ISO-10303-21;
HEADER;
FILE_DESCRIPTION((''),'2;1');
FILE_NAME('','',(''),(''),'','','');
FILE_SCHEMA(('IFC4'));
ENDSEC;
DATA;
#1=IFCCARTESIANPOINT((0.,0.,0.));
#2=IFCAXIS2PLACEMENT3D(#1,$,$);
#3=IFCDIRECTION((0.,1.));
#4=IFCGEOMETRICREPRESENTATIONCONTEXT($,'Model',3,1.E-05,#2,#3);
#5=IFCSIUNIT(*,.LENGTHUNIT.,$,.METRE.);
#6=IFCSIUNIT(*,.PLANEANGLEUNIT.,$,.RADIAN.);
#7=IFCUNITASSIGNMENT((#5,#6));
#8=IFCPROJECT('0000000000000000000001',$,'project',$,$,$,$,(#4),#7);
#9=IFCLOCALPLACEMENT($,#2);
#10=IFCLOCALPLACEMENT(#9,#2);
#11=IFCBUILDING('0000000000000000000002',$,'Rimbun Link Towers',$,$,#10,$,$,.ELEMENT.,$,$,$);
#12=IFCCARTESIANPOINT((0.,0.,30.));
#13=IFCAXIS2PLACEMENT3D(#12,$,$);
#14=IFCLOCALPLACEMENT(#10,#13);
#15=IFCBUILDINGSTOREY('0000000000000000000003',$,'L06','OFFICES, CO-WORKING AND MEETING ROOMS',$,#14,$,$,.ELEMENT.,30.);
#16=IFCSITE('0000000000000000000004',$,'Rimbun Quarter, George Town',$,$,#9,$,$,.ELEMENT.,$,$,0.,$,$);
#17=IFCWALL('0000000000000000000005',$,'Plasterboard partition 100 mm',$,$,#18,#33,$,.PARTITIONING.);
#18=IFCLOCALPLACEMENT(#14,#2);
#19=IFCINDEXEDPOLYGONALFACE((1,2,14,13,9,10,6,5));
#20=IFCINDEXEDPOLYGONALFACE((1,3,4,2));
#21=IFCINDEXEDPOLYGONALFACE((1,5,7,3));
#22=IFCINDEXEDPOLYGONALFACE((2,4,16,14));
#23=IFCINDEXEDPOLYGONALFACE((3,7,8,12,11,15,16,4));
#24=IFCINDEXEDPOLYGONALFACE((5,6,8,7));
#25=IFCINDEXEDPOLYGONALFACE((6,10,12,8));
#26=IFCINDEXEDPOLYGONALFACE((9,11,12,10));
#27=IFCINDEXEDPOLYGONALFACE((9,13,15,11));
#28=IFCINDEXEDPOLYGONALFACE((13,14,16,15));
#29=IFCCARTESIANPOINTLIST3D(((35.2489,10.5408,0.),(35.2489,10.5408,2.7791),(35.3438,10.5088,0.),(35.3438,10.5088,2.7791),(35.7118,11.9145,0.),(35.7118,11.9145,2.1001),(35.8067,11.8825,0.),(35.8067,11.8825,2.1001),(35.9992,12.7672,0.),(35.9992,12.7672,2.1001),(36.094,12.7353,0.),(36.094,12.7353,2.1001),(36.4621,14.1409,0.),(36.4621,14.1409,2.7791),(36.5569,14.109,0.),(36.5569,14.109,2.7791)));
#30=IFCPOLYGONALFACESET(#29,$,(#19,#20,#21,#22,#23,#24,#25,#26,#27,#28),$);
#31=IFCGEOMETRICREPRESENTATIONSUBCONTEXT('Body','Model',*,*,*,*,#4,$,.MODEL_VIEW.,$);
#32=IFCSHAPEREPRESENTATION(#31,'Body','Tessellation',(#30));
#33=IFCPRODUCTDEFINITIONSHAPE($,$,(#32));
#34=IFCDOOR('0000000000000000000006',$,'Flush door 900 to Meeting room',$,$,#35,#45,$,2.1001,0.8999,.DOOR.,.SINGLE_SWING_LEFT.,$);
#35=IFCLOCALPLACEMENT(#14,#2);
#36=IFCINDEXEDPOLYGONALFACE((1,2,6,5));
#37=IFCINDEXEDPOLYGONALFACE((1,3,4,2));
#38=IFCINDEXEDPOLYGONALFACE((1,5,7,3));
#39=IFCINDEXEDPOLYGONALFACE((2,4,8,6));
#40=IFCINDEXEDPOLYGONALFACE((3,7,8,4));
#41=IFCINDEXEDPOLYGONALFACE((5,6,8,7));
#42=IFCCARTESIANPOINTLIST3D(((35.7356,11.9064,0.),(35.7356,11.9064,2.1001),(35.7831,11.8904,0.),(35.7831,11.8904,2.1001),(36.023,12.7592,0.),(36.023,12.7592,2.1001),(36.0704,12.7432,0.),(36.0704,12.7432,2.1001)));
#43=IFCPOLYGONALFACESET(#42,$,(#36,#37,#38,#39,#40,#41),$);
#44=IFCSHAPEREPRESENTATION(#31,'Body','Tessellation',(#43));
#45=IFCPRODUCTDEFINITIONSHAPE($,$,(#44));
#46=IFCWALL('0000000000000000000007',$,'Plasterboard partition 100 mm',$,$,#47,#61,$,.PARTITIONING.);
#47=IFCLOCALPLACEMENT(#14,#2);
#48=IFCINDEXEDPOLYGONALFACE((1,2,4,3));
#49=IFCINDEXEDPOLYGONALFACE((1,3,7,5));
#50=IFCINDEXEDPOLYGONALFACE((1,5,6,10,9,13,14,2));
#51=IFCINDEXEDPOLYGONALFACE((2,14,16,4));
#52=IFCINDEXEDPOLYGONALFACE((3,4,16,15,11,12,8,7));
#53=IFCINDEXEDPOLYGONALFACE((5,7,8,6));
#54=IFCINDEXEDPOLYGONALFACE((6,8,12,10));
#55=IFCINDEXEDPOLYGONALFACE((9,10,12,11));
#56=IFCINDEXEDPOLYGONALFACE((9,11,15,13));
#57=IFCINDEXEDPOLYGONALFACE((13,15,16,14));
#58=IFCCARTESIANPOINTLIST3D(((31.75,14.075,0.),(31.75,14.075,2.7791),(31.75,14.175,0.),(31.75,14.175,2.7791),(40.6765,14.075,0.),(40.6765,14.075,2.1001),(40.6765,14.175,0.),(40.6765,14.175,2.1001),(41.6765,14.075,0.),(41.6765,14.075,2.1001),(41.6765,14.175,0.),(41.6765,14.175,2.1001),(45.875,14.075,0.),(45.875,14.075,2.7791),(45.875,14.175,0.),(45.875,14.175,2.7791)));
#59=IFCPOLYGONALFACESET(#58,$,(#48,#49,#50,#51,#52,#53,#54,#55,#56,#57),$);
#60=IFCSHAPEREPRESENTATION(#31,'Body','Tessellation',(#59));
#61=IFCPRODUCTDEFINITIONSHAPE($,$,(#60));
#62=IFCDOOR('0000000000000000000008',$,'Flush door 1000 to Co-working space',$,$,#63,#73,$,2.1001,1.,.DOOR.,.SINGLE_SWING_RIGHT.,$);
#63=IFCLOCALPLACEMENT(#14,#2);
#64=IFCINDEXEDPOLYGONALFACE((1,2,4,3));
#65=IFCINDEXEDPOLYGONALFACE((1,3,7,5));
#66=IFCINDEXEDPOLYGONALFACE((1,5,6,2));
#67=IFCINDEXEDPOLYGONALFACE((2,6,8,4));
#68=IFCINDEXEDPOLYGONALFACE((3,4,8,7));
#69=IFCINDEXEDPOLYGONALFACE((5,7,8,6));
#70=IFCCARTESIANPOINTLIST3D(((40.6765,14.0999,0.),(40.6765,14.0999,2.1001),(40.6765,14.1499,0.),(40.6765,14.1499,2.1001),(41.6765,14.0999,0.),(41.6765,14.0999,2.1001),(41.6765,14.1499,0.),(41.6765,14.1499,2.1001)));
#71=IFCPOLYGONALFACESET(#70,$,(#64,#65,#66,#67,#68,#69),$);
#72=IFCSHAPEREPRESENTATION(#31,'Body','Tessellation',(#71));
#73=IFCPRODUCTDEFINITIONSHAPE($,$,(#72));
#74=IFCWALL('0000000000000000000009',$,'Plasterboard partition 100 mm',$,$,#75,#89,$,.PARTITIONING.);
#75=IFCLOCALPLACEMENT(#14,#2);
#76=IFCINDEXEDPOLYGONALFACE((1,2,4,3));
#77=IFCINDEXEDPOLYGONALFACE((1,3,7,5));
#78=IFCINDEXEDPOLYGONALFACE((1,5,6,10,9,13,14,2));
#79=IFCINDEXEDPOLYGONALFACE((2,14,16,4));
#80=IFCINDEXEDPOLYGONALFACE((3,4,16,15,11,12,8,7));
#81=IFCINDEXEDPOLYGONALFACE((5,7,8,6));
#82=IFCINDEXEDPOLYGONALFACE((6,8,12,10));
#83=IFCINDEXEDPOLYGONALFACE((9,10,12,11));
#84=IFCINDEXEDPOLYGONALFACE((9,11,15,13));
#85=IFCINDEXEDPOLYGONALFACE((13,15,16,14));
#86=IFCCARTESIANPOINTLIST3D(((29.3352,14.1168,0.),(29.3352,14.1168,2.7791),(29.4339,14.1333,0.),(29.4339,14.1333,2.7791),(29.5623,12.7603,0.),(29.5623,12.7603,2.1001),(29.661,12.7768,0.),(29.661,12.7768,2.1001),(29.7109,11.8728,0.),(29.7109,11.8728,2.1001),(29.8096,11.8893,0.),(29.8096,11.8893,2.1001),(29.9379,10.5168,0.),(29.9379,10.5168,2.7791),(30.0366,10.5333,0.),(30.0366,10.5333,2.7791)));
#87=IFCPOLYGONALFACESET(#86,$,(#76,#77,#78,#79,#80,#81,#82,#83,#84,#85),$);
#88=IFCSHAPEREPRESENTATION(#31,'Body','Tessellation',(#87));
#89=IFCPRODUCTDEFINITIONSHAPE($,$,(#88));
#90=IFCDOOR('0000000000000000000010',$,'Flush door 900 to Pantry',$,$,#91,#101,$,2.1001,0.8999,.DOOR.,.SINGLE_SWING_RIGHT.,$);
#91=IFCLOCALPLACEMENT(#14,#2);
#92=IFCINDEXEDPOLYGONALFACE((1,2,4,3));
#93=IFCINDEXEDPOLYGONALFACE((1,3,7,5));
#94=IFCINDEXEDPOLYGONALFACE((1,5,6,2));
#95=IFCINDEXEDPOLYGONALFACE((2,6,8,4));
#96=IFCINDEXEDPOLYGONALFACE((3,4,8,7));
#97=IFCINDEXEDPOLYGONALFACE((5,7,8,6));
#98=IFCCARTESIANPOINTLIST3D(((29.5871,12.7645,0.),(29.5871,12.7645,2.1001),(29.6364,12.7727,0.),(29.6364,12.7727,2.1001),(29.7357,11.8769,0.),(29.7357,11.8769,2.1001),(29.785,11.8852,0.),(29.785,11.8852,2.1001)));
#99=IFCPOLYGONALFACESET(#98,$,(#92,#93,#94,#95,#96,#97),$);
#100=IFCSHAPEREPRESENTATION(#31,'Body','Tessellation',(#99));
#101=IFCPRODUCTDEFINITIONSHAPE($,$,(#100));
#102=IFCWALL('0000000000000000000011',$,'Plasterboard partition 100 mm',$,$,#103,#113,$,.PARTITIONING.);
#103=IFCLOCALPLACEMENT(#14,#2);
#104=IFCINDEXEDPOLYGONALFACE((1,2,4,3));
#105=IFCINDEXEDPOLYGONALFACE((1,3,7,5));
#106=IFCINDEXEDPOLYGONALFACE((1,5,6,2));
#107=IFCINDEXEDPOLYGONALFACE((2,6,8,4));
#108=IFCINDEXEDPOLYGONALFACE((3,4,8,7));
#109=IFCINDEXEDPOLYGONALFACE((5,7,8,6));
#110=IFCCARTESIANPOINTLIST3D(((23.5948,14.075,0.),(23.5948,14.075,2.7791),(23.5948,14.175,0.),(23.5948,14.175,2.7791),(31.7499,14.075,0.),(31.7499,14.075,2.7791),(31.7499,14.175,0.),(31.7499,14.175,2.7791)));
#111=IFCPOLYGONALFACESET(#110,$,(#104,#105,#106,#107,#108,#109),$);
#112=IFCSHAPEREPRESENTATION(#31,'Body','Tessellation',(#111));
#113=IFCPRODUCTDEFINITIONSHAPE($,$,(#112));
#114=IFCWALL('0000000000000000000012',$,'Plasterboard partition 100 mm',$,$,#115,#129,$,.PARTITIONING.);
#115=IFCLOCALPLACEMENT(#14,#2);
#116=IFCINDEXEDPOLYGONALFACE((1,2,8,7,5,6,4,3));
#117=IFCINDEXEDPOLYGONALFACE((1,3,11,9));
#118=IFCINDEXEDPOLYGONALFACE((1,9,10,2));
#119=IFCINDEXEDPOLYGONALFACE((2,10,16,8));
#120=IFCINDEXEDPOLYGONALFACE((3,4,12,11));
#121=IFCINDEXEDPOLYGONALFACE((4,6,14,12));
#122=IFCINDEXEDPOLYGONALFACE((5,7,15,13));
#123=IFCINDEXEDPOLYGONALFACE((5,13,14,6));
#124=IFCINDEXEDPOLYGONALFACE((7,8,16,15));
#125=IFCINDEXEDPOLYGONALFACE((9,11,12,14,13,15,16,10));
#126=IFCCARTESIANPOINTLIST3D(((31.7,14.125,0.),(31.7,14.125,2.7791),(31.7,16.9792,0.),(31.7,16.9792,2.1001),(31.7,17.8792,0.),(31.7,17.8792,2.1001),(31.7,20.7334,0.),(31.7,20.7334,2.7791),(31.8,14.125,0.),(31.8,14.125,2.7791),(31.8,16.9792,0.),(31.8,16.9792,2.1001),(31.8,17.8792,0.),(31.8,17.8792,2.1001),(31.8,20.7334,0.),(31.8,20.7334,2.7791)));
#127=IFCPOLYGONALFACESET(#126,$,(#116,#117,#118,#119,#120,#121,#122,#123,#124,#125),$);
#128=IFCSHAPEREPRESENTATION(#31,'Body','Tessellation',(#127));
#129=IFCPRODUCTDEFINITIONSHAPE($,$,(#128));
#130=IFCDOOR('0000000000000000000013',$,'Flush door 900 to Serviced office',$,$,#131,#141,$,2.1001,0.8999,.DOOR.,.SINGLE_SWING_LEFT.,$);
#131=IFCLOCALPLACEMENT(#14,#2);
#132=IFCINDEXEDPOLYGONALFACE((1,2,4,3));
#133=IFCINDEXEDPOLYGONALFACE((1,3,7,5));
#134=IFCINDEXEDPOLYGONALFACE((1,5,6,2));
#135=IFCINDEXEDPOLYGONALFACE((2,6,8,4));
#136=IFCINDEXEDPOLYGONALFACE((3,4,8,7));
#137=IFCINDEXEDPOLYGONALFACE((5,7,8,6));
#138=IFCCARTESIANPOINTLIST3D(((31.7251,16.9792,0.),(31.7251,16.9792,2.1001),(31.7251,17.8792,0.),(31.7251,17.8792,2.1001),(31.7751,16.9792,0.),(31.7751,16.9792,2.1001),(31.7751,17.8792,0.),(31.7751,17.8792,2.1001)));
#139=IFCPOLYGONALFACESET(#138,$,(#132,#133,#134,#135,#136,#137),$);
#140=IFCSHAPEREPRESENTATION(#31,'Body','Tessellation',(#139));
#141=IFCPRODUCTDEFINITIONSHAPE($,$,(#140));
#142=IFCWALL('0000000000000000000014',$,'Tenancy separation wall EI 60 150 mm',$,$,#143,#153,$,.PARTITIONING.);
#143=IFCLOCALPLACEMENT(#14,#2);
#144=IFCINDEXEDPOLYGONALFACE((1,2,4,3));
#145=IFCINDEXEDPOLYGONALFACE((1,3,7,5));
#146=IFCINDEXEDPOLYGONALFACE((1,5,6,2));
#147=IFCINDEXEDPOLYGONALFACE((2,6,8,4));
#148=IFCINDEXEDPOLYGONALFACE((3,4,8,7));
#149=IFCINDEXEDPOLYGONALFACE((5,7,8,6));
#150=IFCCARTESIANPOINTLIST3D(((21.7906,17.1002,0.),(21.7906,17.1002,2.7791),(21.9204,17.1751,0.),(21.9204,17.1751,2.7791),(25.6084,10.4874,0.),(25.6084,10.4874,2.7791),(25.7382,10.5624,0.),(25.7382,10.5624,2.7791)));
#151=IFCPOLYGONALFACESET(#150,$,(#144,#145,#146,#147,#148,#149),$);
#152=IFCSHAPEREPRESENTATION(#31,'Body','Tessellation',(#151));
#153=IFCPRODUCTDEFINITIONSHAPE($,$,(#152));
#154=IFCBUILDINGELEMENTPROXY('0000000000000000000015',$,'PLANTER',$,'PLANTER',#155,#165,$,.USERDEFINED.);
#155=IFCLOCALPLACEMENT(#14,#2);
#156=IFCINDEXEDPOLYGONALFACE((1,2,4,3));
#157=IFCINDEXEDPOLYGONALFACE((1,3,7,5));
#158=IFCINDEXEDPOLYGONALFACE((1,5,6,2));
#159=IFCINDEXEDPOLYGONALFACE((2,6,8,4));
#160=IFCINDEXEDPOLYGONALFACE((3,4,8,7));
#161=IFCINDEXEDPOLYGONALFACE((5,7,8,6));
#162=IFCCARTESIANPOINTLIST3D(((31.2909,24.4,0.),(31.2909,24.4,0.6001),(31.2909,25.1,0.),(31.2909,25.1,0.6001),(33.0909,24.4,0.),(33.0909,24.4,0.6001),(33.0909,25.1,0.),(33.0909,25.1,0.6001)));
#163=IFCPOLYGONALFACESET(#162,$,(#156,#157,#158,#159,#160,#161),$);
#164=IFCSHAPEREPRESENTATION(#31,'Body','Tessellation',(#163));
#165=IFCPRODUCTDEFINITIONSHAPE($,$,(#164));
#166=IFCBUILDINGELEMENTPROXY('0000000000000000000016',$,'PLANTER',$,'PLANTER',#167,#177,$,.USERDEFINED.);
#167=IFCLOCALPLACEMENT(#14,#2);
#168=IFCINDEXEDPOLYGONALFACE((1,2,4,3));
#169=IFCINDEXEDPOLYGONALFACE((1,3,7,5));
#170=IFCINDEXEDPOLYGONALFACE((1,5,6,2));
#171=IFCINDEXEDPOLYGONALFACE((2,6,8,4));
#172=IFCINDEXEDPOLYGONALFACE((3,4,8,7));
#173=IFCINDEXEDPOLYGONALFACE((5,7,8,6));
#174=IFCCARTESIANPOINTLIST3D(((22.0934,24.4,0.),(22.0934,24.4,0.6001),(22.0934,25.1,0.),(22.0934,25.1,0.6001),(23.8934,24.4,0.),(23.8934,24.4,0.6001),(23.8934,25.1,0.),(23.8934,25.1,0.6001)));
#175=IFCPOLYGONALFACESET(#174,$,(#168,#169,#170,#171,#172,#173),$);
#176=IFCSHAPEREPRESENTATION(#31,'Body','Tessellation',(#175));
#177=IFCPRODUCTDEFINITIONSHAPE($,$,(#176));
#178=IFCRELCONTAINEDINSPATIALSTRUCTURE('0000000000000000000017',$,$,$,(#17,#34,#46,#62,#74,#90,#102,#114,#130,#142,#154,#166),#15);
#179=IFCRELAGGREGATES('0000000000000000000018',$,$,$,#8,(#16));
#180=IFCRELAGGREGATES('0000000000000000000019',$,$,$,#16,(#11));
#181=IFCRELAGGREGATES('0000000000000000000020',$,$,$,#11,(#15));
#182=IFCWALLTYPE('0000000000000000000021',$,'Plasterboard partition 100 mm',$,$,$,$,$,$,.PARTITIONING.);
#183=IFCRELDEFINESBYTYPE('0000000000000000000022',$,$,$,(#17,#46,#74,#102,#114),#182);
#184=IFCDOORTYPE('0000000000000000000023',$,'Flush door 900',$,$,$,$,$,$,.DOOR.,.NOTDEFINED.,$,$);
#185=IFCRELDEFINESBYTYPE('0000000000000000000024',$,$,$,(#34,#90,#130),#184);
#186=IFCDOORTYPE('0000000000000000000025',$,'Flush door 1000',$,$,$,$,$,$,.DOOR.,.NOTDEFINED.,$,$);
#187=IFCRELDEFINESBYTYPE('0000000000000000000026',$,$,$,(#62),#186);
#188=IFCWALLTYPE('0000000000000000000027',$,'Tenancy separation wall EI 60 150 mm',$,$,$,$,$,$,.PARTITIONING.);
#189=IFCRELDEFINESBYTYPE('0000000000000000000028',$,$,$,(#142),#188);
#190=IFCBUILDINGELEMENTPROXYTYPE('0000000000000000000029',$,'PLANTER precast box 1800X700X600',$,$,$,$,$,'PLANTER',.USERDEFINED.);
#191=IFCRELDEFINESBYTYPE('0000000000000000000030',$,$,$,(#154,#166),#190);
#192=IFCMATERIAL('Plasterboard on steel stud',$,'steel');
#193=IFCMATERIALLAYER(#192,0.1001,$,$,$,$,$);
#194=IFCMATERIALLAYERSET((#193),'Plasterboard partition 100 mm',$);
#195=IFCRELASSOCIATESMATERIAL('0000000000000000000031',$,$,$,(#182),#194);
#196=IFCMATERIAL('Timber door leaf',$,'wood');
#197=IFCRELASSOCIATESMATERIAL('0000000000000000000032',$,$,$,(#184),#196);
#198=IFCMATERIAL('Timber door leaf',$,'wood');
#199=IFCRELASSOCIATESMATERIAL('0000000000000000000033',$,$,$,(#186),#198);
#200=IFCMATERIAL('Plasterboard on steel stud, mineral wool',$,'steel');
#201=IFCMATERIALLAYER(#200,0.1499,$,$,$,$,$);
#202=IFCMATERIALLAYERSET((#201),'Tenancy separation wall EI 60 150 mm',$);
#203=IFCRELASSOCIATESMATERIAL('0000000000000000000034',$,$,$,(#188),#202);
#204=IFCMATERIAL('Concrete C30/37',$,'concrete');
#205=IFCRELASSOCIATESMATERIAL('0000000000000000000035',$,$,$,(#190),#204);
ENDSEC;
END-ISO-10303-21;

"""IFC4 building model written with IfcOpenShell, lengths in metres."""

from ifc_helpers import new_model, si_unit, direction, frame, frame_2d, origin, origin_2d, place, context, subcontext, project, spatial, rectangle, extrude, material, layer, layer_set, type_object, element, fill, save


model = new_model("IFC4")

# Units and contexts
model_context = context("Model", 3, precision=1e-05, world=origin(), true_north=direction((0.0, 1.0)))
body_context = subcontext(model_context, "Body", "Model", "MODEL_VIEW")
ifc_project = project(units=[si_unit("LENGTHUNIT", "METRE"), si_unit("PLANEANGLEUNIT", "RADIAN")], contexts=[model_context])

# Site, building, storey
site_placement = place(None, origin())
site = spatial("IfcSite", under=ifc_project, at=site_placement, Name="Rimbun Quarter, George Town", CompositionType="ELEMENT", RefElevation=0.0)
building_placement = place(site_placement, origin())
building = spatial("IfcBuilding", under=site, at=building_placement, Name="Rimbun Link Towers", CompositionType="ELEMENT")
storey_placement = place(building_placement, frame((0.0, 0.0, 30.0)))
storey = spatial("IfcBuildingStorey", under=building, at=storey_placement, Name="L06", Description="OFFICES, CO-WORKING AND MEETING ROOMS", CompositionType="ELEMENT", Elevation=30.0)

# Walls, openings, doors
ifc_material_1 = material(Name="Plasterboard on steel stud", Category="steel")
ifc_layer_1 = layer(ifc_material_1, 0.1001)
ifc_layer_set_1 = layer_set([ifc_layer_1], Name="Plasterboard partition 100 mm")
wall_type_1 = type_object("IfcWallType", Name="Plasterboard partition 100 mm", PredefinedType="PARTITIONING", material=ifc_layer_set_1)
wall_1_placement = place(storey_placement, frame((35.2964, 10.5249, 0.0), z_axis=(0.0, 0.0, 1.0), x_axis=(0.31933, 0.947644, 0.0)))
wall_1 = element("IfcWall", 1, at=wall_1_placement, inside=storey, type_object=wall_type_1, Name="Plasterboard partition 100 mm", PredefinedType="PARTITIONING", context=body_context, shape_type="SweptSolid", body=[
    extrude(rectangle(XDim=3.7991, YDim=0.1001, at=frame_2d((1.8994, 0.0))), origin(), (0.0, 0.0, 1.0), 2.7791),
])
opening_1_placement = place(wall_1_placement, frame((1.4495, 0.0, 0.0)))
opening_1 = element("IfcOpeningElement", 2, at=opening_1_placement, cuts=wall_1, PredefinedType="OPENING", context=body_context, shape_type="SweptSolid", body=[
    extrude(rectangle(XDim=0.8999, YDim=2.1001, at=frame_2d((0.45, 1.05))), frame((0.0, 0.0601, 0.0), z_axis=(0.0, -1.0, 0.0), x_axis=(1.0, 0.0, 0.0)), (0.0, 0.0, 1.0), 0.1201),
])
ifc_material_2 = material(Name="Timber door leaf", Category="wood")
door_type_1 = type_object("IfcDoorType", Name="Flush door 900", OperationType="NOTDEFINED", PredefinedType="DOOR", material=ifc_material_2)
door_1_placement = place(opening_1_placement, origin())
door_1 = element("IfcDoor", 3, at=door_1_placement, inside=storey, type_object=door_type_1, Name="Flush door 900 to Meeting room", OperationType="SINGLE_SWING_LEFT", OverallHeight=2.1001, OverallWidth=0.8999, PredefinedType="DOOR", context=body_context, shape_type="SweptSolid", body=[
    extrude(rectangle(XDim=0.8999, YDim=2.1001, at=frame_2d((0.45, 1.05))), frame((0.0, 0.0249, 0.0), z_axis=(0.0, -1.0, 0.0), x_axis=(1.0, 0.0, 0.0)), (0.0, 0.0, 1.0), 0.05),
])
fill(opening_1, door_1)
wall_2_placement = place(storey_placement, frame((31.75, 14.125, 0.0), z_axis=(0.0, 0.0, 1.0), x_axis=(1.0, 0.0, 0.0)))
wall_2 = element("IfcWall", 4, at=wall_2_placement, inside=storey, type_object=wall_type_1, Name="Plasterboard partition 100 mm", PredefinedType="PARTITIONING", context=body_context, shape_type="SweptSolid", body=[
    extrude(rectangle(XDim=14.125, YDim=0.1001, at=frame_2d((7.0625, 0.0))), origin(), (0.0, 0.0, 1.0), 2.7791),
])
opening_2_placement = place(wall_2_placement, frame((8.9265, 0.0, 0.0)))
opening_2 = element("IfcOpeningElement", 5, at=opening_2_placement, cuts=wall_2, PredefinedType="OPENING", context=body_context, shape_type="SweptSolid", body=[
    extrude(rectangle(XDim=1.0, YDim=2.1001, at=frame_2d((0.5, 1.05))), frame((0.0, 0.0601, 0.0), z_axis=(0.0, -1.0, 0.0), x_axis=(1.0, 0.0, 0.0)), (0.0, 0.0, 1.0), 0.1201),
])
ifc_material_3 = material(Name="Timber door leaf", Category="wood")
door_type_2 = type_object("IfcDoorType", Name="Flush door 1000", OperationType="NOTDEFINED", PredefinedType="DOOR", material=ifc_material_3)
door_2_placement = place(opening_2_placement, origin())
door_2 = element("IfcDoor", 6, at=door_2_placement, inside=storey, type_object=door_type_2, Name="Flush door 1000 to Co-working space", OperationType="SINGLE_SWING_RIGHT", OverallHeight=2.1001, OverallWidth=1.0, PredefinedType="DOOR", context=body_context, shape_type="SweptSolid", body=[
    extrude(rectangle(XDim=1.0, YDim=2.1001, at=frame_2d((0.5, 1.05))), frame((0.0, 0.0249, 0.0), z_axis=(0.0, -1.0, 0.0), x_axis=(1.0, 0.0, 0.0)), (0.0, 0.0, 1.0), 0.05),
])
fill(opening_2, door_2)
wall_3_placement = place(storey_placement, frame((29.9873, 10.5249, 0.0), z_axis=(0.0, 0.0, 1.0), x_axis=(-0.165136, 0.986271, 0.0)))
wall_3 = element("IfcWall", 7, at=wall_3_placement, inside=storey, type_object=wall_type_1, Name="Plasterboard partition 100 mm", PredefinedType="PARTITIONING", context=body_context, shape_type="SweptSolid", body=[
    extrude(rectangle(XDim=3.6501, YDim=0.1001, at=frame_2d((1.8252, 0.0))), origin(), (0.0, 0.0, 1.0), 2.7791),
])
opening_3_placement = place(wall_3_placement, frame((1.375, 0.0, 0.0)))
opening_3 = element("IfcOpeningElement", 8, at=opening_3_placement, cuts=wall_3, PredefinedType="OPENING", context=body_context, shape_type="SweptSolid", body=[
    extrude(rectangle(XDim=0.8999, YDim=2.1001, at=frame_2d((0.45, 1.05))), frame((0.0, 0.0601, 0.0), z_axis=(0.0, -1.0, 0.0), x_axis=(1.0, 0.0, 0.0)), (0.0, 0.0, 1.0), 0.1201),
])
door_3_placement = place(opening_3_placement, origin())
door_3 = element("IfcDoor", 9, at=door_3_placement, inside=storey, type_object=door_type_1, Name="Flush door 900 to Pantry", OperationType="SINGLE_SWING_RIGHT", OverallHeight=2.1001, OverallWidth=0.8999, PredefinedType="DOOR", context=body_context, shape_type="SweptSolid", body=[
    extrude(rectangle(XDim=0.8999, YDim=2.1001, at=frame_2d((0.45, 1.05))), frame((0.0, 0.0249, 0.0), z_axis=(0.0, -1.0, 0.0), x_axis=(1.0, 0.0, 0.0)), (0.0, 0.0, 1.0), 0.05),
])
fill(opening_3, door_3)

# Wall
wall_4_placement = place(storey_placement, frame((31.75, 14.125, 0.0), z_axis=(0.0, 0.0, 1.0), x_axis=(-1.0, 0.0, 0.0)))
element("IfcWall", 10, at=wall_4_placement, inside=storey, type_object=wall_type_1, Name="Plasterboard partition 100 mm", PredefinedType="PARTITIONING", context=body_context, shape_type="SweptSolid", body=[
    extrude(rectangle(XDim=8.155, YDim=0.1001, at=frame_2d((4.0776, 0.0))), origin(), (0.0, 0.0, 1.0), 2.7791),
])

# Wall, opening, door
wall_5_placement = place(storey_placement, frame((31.75, 14.125, 0.0), z_axis=(0.0, 0.0, 1.0), x_axis=(0.0, 1.0, 0.0)))
wall_5 = element("IfcWall", 11, at=wall_5_placement, inside=storey, type_object=wall_type_1, Name="Plasterboard partition 100 mm", PredefinedType="PARTITIONING", context=body_context, shape_type="SweptSolid", body=[
    extrude(rectangle(XDim=6.6084, YDim=0.1001, at=frame_2d((3.3042, 0.0))), origin(), (0.0, 0.0, 1.0), 2.7791),
])
opening_4_placement = place(wall_5_placement, frame((2.8542, 0.0, 0.0)))
opening_4 = element("IfcOpeningElement", 12, at=opening_4_placement, cuts=wall_5, PredefinedType="OPENING", context=body_context, shape_type="SweptSolid", body=[
    extrude(rectangle(XDim=0.8999, YDim=2.1001, at=frame_2d((0.45, 1.05))), frame((0.0, 0.0601, 0.0), z_axis=(0.0, -1.0, 0.0), x_axis=(1.0, 0.0, 0.0)), (0.0, 0.0, 1.0), 0.1201),
])
door_4_placement = place(opening_4_placement, origin())
door_4 = element("IfcDoor", 13, at=door_4_placement, inside=storey, type_object=door_type_1, Name="Flush door 900 to Serviced office", OperationType="SINGLE_SWING_LEFT", OverallHeight=2.1001, OverallWidth=0.8999, PredefinedType="DOOR", context=body_context, shape_type="SweptSolid", body=[
    extrude(rectangle(XDim=0.8999, YDim=2.1001, at=frame_2d((0.45, 1.05))), frame((0.0, 0.0249, 0.0), z_axis=(0.0, -1.0, 0.0), x_axis=(1.0, 0.0, 0.0)), (0.0, 0.0, 1.0), 0.05),
])
fill(opening_4, door_4)

# Wall
ifc_material_4 = material(Name="Plasterboard on steel stud, mineral wool", Category="steel")
ifc_layer_2 = layer(ifc_material_4, 0.1499)
ifc_layer_set_2 = layer_set([ifc_layer_2], Name="Tenancy separation wall EI 60 150 mm")
wall_type_2 = type_object("IfcWallType", Name="Tenancy separation wall EI 60 150 mm", PredefinedType="PARTITIONING", material=ifc_layer_set_2)
wall_6_placement = place(storey_placement, frame((25.6733, 10.5249, 0.0), z_axis=(0.0, 0.0, 1.0), x_axis=(-0.499997, 0.866027, 0.0)))
element("IfcWall", 14, at=wall_6_placement, inside=storey, type_object=wall_type_2, Name="Tenancy separation wall EI 60 150 mm", PredefinedType="PARTITIONING", context=body_context, shape_type="SweptSolid", body=[
    extrude(rectangle(XDim=7.6357, YDim=0.1499, at=frame_2d((3.8179, 0.0))), origin(), (0.0, 0.0, 1.0), 2.7791),
])

# Building element proxies
ifc_material_5 = material(Name="Concrete C30/37", Category="concrete")
building_element_proxy_type = type_object("IfcBuildingElementProxyType", Name="PLANTER precast box 1800X700X600", ElementType="PLANTER", PredefinedType="USERDEFINED", material=ifc_material_5)
for number, where, z_axis, x_axis, name in (
    (15, (32.1909, 24.75, 0.0), (0.0, 0.0, 1.0), (-1.0, 0.0, 0.0), "PLANTER"),
    (16, (22.9934, 24.75, 0.0), (0.0, 0.0, 1.0), (-1.0, 0.0, 0.0), "PLANTER"),
):
    element("IfcBuildingElementProxy", number, at=place(storey_placement, frame(where, z_axis=z_axis, x_axis=x_axis)), inside=storey, type_object=building_element_proxy_type, Name=name, ObjectType="PLANTER", PredefinedType="USERDEFINED", context=body_context, shape_type="SweptSolid", body=[
        extrude(rectangle(XDim=1.8, YDim=0.7, at=origin_2d()), origin(), (0.0, 0.0, 1.0), 0.6001),
    ])

save(model, "model.ifc")
